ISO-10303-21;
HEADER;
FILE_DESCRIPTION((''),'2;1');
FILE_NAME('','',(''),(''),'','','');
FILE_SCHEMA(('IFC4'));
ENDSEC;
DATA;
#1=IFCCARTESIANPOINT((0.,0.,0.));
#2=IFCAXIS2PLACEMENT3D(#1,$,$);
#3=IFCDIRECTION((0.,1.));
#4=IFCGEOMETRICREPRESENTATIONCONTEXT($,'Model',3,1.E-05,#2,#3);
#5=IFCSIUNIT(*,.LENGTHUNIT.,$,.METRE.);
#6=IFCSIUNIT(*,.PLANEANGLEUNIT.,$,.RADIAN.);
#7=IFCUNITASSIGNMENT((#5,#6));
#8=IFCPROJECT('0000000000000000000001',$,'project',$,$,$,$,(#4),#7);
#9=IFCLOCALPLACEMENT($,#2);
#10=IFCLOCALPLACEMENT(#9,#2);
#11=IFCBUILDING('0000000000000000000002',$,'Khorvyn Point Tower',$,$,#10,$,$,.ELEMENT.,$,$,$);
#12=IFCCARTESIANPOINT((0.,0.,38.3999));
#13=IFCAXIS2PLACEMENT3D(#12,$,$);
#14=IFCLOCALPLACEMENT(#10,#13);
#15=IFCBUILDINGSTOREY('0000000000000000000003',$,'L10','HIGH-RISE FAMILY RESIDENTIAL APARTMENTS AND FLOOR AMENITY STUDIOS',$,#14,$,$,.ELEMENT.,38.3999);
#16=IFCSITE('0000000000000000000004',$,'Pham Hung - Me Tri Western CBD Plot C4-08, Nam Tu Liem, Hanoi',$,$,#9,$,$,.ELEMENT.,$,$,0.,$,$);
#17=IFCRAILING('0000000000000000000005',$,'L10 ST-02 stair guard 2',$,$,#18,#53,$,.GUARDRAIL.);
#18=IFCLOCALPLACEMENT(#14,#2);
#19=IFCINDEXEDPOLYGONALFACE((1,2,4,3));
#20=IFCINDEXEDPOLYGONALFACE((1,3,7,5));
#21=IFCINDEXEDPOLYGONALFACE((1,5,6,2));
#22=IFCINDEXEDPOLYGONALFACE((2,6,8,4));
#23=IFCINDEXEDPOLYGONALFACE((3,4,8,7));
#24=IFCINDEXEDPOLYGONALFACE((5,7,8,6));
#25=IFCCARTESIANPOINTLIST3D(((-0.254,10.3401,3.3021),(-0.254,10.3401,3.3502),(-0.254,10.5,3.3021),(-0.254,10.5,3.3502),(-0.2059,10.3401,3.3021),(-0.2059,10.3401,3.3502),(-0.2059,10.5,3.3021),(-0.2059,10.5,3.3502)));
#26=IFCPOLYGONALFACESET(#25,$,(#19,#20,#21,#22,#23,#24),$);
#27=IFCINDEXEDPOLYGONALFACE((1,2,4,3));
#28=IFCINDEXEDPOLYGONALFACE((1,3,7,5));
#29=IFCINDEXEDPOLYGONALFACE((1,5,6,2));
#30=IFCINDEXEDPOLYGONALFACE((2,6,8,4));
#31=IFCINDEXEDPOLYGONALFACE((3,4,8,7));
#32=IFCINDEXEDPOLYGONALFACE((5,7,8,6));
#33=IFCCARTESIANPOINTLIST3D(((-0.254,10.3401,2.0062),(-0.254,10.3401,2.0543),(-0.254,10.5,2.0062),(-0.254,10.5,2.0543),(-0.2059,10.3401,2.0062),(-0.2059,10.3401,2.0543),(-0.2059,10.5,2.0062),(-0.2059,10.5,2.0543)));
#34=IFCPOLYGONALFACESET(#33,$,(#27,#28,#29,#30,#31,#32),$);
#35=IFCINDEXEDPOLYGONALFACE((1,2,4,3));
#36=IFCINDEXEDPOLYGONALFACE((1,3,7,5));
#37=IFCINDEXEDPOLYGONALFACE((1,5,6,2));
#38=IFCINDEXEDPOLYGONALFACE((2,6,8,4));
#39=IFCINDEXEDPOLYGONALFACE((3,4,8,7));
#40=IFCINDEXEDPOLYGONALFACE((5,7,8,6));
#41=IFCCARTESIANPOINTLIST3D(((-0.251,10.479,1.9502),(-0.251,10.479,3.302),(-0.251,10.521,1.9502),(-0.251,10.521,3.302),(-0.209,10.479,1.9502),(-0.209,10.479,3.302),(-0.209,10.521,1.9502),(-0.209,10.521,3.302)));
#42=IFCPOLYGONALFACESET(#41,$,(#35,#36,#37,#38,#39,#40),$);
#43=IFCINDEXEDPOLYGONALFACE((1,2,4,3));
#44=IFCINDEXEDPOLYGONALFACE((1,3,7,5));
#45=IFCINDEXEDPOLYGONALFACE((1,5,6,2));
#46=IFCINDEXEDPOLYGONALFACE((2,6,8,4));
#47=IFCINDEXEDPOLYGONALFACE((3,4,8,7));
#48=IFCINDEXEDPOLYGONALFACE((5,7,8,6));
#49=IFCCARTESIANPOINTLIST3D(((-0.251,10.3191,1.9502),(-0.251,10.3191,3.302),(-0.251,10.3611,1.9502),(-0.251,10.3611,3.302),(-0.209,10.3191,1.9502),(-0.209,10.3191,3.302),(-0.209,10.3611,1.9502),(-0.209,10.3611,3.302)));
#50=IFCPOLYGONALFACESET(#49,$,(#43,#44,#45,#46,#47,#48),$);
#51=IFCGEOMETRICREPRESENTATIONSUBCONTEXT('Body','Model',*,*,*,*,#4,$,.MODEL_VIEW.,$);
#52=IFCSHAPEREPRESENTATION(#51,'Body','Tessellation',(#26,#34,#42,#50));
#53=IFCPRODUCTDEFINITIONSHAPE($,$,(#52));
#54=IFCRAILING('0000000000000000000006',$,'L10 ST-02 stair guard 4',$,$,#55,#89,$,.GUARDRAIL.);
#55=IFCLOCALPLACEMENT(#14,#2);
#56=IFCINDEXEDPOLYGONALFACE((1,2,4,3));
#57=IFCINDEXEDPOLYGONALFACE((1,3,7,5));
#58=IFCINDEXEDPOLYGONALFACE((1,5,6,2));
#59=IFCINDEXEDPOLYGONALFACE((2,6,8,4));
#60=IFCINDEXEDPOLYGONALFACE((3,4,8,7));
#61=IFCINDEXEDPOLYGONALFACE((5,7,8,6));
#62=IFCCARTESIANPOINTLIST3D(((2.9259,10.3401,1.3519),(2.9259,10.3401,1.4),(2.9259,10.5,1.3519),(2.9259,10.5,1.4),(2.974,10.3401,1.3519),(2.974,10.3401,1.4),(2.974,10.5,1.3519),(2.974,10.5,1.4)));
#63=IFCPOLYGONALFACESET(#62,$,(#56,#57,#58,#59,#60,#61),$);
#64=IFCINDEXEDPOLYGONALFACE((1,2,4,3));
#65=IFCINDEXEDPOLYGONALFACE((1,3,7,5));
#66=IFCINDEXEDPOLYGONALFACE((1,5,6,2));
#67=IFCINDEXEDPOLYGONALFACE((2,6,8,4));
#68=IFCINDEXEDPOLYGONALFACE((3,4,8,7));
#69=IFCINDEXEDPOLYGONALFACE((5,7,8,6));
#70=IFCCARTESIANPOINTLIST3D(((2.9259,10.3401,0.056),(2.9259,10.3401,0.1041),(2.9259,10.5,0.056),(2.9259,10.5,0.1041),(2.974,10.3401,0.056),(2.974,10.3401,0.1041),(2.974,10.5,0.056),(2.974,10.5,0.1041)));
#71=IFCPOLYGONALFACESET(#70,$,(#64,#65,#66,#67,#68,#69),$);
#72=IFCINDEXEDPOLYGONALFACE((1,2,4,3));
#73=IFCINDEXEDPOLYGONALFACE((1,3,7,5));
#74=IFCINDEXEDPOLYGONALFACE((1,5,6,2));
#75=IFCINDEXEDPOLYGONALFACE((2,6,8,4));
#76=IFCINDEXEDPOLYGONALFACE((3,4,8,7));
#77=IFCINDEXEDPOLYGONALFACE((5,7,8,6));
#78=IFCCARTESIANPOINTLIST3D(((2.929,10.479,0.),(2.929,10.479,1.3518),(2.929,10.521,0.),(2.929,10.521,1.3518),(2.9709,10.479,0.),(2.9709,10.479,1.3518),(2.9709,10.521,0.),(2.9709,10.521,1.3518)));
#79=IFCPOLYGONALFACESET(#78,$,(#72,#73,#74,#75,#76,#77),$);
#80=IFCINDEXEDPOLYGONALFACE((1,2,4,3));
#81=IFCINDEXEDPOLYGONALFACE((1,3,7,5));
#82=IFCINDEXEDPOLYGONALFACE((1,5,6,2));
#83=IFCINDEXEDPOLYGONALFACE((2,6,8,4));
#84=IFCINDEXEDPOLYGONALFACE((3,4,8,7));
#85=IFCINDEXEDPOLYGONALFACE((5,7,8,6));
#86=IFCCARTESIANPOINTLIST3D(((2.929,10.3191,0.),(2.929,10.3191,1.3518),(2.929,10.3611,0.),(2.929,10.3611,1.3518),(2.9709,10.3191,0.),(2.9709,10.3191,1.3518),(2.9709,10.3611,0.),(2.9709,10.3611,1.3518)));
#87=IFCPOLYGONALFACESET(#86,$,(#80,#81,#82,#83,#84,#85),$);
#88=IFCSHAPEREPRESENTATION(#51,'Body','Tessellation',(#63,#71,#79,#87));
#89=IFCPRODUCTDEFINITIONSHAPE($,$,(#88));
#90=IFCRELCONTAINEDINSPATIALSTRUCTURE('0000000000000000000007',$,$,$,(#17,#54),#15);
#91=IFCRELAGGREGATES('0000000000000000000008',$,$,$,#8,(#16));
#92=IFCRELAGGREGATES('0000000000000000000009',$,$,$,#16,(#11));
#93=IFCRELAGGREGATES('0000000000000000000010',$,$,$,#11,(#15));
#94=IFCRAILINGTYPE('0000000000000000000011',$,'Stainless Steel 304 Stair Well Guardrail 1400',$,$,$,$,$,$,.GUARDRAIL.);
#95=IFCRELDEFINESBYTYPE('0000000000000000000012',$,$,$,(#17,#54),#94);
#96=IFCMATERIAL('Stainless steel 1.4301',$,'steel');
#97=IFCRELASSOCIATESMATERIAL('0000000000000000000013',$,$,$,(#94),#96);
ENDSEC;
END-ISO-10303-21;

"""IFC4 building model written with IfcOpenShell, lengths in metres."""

from ifc_helpers import new_model, si_unit, direction, frame, origin, origin_2d, place, context, subcontext, project, spatial, rectangle, extrude, material, type_object, element, save


model = new_model("IFC4")

# Units and contexts
model_context = context("Model", 3, precision=1e-05, world=origin(), true_north=direction((0.0, 1.0)))
body_context = subcontext(model_context, "Body", "Model", "MODEL_VIEW")
ifc_project = project(units=[si_unit("LENGTHUNIT", "METRE"), si_unit("PLANEANGLEUNIT", "RADIAN")], contexts=[model_context])

# Site, building, storey
site_placement = place(None, origin())
site = spatial("IfcSite", under=ifc_project, at=site_placement, Name="Pham Hung - Me Tri Western CBD Plot C4-08, Nam Tu Liem, Hanoi", CompositionType="ELEMENT", RefElevation=0.0)
building_placement = place(site_placement, origin())
building = spatial("IfcBuilding", under=site, at=building_placement, Name="Khorvyn Point Tower", CompositionType="ELEMENT")
storey_placement = place(building_placement, frame((0.0, 0.0, 38.3999)))
storey = spatial("IfcBuildingStorey", under=building, at=storey_placement, Name="L10", Description="HIGH-RISE FAMILY RESIDENTIAL APARTMENTS AND FLOOR AMENITY STUDIOS", CompositionType="ELEMENT", Elevation=38.3999)

# Railings
ifc_material_1 = material(Name="Stainless steel 1.4301", Category="steel")
railing_type_1 = type_object("IfcRailingType", Name="Stainless Steel 304 Stair Well Guardrail 1400", PredefinedType="GUARDRAIL", material=ifc_material_1)
for number, where, name in (
    (1, (-0.23, 10.5, 1.9502), "L10 ST-02 stair guard 2"),
    (2, (2.95, 10.5, 0.0), "L10 ST-02 stair guard 4"),
):
    element("IfcRailing", number, at=place(storey_placement, frame(where)), inside=storey, type_object=railing_type_1, Name=name, PredefinedType="GUARDRAIL", context=body_context, shape_type="SweptSolid", body=[
        extrude(rectangle(XDim=0.0481, YDim=0.0481, at=origin_2d()), frame((0.0, 0.0, 1.376), z_axis=(0.0, -1.0, 0.0), x_axis=(1.0, 0.0, 0.0)), (0.0, 0.0, 1.0), 0.1599),
        extrude(rectangle(XDim=0.0481, YDim=0.0481, at=origin_2d()), frame((0.0, 0.0, 0.0801), z_axis=(0.0, -1.0, 0.0), x_axis=(1.0, 0.0, 0.0)), (0.0, 0.0, 1.0), 0.1599),
        extrude(rectangle(XDim=0.042, YDim=0.042, at=origin_2d()), origin(), (0.0, 0.0, 1.0), 1.3518),
        extrude(rectangle(XDim=0.042, YDim=0.042, at=origin_2d()), frame((0.0, -0.1599, 0.0)), (0.0, 0.0, 1.0), 1.3518),
    ])

save(model, "model.ifc")
